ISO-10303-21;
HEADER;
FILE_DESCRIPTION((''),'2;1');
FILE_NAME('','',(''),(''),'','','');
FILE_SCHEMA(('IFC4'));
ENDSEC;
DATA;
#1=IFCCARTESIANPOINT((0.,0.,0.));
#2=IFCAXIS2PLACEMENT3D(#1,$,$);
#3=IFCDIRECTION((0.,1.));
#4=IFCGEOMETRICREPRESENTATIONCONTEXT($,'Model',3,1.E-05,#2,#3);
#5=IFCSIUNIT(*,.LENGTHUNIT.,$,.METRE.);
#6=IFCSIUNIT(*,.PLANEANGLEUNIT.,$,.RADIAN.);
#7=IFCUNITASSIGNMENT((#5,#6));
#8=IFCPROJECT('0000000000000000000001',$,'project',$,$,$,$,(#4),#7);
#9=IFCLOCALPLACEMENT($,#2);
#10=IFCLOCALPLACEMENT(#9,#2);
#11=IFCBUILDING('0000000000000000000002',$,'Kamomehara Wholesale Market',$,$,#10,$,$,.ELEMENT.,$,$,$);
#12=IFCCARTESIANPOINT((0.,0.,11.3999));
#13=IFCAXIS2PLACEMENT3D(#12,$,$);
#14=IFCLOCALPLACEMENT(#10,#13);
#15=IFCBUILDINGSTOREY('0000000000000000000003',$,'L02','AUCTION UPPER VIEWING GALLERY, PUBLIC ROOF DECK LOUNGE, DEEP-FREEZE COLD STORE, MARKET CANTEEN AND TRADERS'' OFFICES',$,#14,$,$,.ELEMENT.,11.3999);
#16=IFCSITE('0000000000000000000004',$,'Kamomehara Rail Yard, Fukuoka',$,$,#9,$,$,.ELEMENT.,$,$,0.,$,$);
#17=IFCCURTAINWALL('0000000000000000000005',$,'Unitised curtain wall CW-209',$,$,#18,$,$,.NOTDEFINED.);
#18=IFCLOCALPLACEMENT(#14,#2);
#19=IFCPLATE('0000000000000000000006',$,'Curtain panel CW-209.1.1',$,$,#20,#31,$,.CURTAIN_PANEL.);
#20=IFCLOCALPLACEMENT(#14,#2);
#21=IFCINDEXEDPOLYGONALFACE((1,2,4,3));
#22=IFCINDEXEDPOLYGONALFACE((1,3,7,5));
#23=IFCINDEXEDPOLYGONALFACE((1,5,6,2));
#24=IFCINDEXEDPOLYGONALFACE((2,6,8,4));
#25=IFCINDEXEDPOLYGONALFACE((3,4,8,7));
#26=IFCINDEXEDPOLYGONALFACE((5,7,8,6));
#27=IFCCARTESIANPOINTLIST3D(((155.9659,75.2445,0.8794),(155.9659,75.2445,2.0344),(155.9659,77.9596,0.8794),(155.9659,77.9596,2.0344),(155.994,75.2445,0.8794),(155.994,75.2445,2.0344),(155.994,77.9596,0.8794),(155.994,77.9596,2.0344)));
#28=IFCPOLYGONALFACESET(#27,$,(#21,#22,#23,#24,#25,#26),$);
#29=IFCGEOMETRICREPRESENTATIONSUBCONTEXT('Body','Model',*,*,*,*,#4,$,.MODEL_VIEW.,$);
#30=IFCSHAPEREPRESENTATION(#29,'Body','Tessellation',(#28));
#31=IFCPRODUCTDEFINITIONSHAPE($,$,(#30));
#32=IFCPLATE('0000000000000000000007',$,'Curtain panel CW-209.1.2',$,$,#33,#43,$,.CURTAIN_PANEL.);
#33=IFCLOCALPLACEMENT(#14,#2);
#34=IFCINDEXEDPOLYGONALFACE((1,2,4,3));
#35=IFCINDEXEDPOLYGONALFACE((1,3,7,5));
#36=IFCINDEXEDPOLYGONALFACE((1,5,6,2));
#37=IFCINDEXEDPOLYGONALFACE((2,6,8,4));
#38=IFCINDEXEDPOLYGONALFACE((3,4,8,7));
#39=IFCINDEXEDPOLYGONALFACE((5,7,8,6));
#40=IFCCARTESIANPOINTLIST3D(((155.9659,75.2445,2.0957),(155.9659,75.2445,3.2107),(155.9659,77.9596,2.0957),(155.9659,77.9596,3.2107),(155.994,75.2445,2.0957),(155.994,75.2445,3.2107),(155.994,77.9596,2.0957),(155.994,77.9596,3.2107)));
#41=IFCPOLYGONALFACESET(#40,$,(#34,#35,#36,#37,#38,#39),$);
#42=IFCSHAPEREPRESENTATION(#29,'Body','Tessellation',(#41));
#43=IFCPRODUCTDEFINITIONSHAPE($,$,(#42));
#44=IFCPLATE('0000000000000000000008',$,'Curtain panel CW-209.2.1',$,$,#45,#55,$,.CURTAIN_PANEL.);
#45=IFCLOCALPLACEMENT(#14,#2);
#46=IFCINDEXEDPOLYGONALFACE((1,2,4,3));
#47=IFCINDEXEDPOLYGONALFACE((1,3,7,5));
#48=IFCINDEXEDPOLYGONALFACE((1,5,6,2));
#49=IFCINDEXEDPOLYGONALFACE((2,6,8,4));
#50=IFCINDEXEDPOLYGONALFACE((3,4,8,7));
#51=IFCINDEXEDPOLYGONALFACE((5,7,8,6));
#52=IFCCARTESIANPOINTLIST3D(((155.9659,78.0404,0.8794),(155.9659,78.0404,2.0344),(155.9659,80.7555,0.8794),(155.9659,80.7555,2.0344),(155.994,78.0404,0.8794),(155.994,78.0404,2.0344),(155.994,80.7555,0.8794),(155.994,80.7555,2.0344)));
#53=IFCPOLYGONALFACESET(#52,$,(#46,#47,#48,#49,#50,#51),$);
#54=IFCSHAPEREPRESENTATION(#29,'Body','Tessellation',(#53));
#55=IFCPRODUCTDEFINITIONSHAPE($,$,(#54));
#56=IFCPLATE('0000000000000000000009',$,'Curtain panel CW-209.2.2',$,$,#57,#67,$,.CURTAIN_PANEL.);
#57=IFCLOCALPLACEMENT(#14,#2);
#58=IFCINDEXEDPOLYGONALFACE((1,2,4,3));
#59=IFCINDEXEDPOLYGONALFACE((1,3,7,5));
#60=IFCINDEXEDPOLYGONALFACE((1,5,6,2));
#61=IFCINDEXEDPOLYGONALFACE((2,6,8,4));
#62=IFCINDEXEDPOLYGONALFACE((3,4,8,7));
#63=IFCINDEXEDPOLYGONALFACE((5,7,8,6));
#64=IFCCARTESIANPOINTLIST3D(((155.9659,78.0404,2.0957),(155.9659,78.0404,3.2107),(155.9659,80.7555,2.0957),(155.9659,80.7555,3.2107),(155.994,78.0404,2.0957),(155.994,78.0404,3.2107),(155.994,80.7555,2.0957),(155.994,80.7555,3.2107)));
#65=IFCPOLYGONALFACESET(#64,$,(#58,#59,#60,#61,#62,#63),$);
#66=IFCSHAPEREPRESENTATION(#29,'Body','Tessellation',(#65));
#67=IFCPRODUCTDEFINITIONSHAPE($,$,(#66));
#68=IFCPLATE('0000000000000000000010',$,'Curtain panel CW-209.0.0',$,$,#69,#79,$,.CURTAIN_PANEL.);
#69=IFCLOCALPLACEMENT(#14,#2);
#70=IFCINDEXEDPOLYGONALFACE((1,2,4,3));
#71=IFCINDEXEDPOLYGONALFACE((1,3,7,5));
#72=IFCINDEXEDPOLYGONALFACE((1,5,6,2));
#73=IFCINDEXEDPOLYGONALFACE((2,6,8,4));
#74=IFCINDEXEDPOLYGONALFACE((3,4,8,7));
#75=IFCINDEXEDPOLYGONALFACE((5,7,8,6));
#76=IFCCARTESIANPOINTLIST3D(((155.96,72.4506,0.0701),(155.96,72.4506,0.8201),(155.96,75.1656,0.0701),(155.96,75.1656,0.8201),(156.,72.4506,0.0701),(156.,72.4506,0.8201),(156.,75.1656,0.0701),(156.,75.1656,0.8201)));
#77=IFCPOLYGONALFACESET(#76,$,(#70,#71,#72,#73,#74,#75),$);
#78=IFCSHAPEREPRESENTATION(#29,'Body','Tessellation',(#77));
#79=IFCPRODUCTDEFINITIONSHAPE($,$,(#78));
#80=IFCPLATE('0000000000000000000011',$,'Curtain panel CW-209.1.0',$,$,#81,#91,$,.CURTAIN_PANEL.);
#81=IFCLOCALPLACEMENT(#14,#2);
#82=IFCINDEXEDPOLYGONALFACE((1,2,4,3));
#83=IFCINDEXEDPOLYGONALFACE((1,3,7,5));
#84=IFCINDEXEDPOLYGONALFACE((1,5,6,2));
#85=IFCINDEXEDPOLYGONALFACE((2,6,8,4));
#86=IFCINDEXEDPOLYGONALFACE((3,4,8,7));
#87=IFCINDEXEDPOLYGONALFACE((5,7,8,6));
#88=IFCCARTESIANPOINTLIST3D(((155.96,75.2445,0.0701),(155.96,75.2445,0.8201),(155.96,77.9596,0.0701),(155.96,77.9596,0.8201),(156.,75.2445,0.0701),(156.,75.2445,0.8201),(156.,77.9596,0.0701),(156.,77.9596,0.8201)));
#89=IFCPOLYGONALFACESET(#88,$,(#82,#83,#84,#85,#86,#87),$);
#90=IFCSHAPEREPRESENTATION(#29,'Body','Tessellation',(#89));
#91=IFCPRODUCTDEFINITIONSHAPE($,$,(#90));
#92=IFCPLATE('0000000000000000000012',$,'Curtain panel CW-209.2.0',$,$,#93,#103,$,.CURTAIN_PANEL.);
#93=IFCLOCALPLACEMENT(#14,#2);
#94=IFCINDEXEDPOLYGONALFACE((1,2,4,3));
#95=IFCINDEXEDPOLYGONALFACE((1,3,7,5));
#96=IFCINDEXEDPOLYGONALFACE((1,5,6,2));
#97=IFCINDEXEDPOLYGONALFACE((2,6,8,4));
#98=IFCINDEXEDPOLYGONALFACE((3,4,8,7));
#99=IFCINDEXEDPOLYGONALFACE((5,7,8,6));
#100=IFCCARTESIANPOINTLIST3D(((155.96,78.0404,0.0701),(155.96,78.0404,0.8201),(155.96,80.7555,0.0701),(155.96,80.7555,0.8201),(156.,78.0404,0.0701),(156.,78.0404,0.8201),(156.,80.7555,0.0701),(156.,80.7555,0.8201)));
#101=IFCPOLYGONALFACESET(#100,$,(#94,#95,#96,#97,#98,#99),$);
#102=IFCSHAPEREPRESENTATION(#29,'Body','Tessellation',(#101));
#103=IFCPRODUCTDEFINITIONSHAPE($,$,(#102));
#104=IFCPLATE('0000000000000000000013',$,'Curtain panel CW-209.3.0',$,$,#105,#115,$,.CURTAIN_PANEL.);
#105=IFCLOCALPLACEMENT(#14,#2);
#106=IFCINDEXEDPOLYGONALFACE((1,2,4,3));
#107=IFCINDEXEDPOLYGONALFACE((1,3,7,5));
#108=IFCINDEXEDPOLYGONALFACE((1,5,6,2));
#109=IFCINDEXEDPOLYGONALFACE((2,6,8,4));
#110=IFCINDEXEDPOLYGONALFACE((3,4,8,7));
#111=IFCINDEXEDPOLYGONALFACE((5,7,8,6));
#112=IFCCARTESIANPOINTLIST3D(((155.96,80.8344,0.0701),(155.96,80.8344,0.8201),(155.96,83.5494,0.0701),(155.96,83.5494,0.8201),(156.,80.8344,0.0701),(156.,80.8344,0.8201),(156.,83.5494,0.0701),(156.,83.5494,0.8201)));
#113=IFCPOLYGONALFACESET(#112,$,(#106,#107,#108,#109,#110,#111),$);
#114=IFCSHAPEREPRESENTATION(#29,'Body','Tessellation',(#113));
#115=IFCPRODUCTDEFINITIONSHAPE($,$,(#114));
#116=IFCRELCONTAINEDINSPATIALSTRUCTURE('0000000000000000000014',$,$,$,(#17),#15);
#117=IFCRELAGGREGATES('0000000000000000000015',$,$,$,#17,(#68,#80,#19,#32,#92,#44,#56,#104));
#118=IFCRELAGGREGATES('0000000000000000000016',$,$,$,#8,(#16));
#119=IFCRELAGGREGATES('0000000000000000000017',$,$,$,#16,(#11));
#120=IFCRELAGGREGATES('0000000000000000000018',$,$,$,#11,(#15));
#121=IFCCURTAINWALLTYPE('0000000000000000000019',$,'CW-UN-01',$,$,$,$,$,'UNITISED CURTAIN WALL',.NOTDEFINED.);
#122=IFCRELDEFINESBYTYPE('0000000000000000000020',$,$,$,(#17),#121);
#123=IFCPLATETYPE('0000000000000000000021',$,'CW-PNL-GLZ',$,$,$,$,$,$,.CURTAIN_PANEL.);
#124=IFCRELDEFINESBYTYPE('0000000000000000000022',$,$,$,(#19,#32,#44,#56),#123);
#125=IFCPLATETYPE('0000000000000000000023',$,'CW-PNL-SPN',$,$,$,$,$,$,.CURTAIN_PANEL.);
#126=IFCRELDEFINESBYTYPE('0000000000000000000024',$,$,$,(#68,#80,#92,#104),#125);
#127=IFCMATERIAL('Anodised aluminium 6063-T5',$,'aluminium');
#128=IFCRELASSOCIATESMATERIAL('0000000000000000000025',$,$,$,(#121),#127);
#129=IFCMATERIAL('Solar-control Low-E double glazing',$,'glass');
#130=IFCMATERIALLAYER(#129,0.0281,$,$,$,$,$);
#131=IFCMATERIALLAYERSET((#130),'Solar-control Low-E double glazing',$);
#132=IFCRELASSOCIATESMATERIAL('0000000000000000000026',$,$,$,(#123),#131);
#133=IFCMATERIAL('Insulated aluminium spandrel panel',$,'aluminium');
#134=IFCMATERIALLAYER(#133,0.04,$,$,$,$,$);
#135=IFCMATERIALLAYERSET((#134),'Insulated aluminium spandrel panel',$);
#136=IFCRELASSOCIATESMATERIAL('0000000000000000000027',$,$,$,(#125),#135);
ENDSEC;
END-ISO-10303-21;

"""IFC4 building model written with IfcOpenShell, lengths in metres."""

from ifc_helpers import new_model, si_unit, direction, frame, origin, origin_2d, place, context, subcontext, project, spatial, rectangle, extrude, material, layer, layer_set, type_object, element, aggregate, save


model = new_model("IFC4")

# Units and contexts
model_context = context("Model", 3, precision=1e-05, world=origin(), true_north=direction((0.0, 1.0)))
body_context = subcontext(model_context, "Body", "Model", "MODEL_VIEW")
ifc_project = project(units=[si_unit("LENGTHUNIT", "METRE"), si_unit("PLANEANGLEUNIT", "RADIAN")], contexts=[model_context])

# Site, building, storey
site_placement = place(None, origin())
site = spatial("IfcSite", under=ifc_project, at=site_placement, Name="Kamomehara Rail Yard, Fukuoka", CompositionType="ELEMENT", RefElevation=0.0)
building_placement = place(site_placement, origin())
building = spatial("IfcBuilding", under=site, at=building_placement, Name="Kamomehara Wholesale Market", CompositionType="ELEMENT")
storey_placement = place(building_placement, frame((0.0, 0.0, 11.3999)))
storey = spatial("IfcBuildingStorey", under=building, at=storey_placement, Name="L02", Description="AUCTION UPPER VIEWING GALLERY, PUBLIC ROOF DECK LOUNGE, DEEP-FREEZE COLD STORE, MARKET CANTEEN AND TRADERS' OFFICES", CompositionType="ELEMENT", Elevation=11.3999)

# Curtain wall, plates
ifc_material_1 = material(Name="Anodised aluminium 6063-T5", Category="aluminium")
curtain_wall_type = type_object("IfcCurtainWallType", Name="CW-UN-01", ElementType="UNITISED CURTAIN WALL", PredefinedType="NOTDEFINED", material=ifc_material_1)
curtain_wall_placement = place(storey_placement, origin())
curtain_wall = element("IfcCurtainWall", 1, at=curtain_wall_placement, inside=storey, type_object=curtain_wall_type, Name="Unitised curtain wall CW-209", PredefinedType="NOTDEFINED")
ifc_material_2 = material(Name="Solar-control Low-E double glazing", Category="glass")
ifc_layer_1 = layer(ifc_material_2, 0.0281)
ifc_layer_set_1 = layer_set([ifc_layer_1], Name="Solar-control Low-E double glazing")
plate_type_1 = type_object("IfcPlateType", Name="CW-PNL-GLZ", PredefinedType="CURTAIN_PANEL", material=ifc_layer_set_1)
plate_1_placement = place(storey_placement, frame((155.98, 76.6021, 0.8794), z_axis=(0.0, 0.0, 1.0), x_axis=(0.0, 1.0, 0.0)))
plate_1 = element("IfcPlate", 2, at=plate_1_placement, type_object=plate_type_1, Name="Curtain panel CW-209.1.1", PredefinedType="CURTAIN_PANEL", context=body_context, shape_type="SweptSolid", body=[
    extrude(rectangle(XDim=2.7151, YDim=0.0281, at=origin_2d()), origin(), (0.0, 0.0, 1.0), 1.155),
])
plate_2_placement = place(storey_placement, frame((155.98, 76.6021, 2.0957), z_axis=(0.0, 0.0, 1.0), x_axis=(0.0, 1.0, 0.0)))
plate_2 = element("IfcPlate", 3, at=plate_2_placement, type_object=plate_type_1, Name="Curtain panel CW-209.1.2", PredefinedType="CURTAIN_PANEL", context=body_context, shape_type="SweptSolid", body=[
    extrude(rectangle(XDim=2.7151, YDim=0.0281, at=origin_2d()), origin(), (0.0, 0.0, 1.0), 1.115),
])
plate_3_placement = place(storey_placement, frame((155.98, 79.3979, 0.8794), z_axis=(0.0, 0.0, 1.0), x_axis=(0.0, 1.0, 0.0)))
plate_3 = element("IfcPlate", 4, at=plate_3_placement, type_object=plate_type_1, Name="Curtain panel CW-209.2.1", PredefinedType="CURTAIN_PANEL", context=body_context, shape_type="SweptSolid", body=[
    extrude(rectangle(XDim=2.7151, YDim=0.0281, at=origin_2d()), origin(), (0.0, 0.0, 1.0), 1.155),
])
plate_4_placement = place(storey_placement, frame((155.98, 79.3979, 2.0957), z_axis=(0.0, 0.0, 1.0), x_axis=(0.0, 1.0, 0.0)))
plate_4 = element("IfcPlate", 5, at=plate_4_placement, type_object=plate_type_1, Name="Curtain panel CW-209.2.2", PredefinedType="CURTAIN_PANEL", context=body_context, shape_type="SweptSolid", body=[
    extrude(rectangle(XDim=2.7151, YDim=0.0281, at=origin_2d()), origin(), (0.0, 0.0, 1.0), 1.115),
])
ifc_material_3 = material(Name="Insulated aluminium spandrel panel", Category="aluminium")
ifc_layer_2 = layer(ifc_material_3, 0.04)
ifc_layer_set_2 = layer_set([ifc_layer_2], Name="Insulated aluminium spandrel panel")
plate_type_2 = type_object("IfcPlateType", Name="CW-PNL-SPN", PredefinedType="CURTAIN_PANEL", material=ifc_layer_set_2)
plate_5_placement = place(storey_placement, frame((155.98, 73.8081, 0.0701), z_axis=(0.0, 0.0, 1.0), x_axis=(0.0, 1.0, 0.0)))
plate_5 = element("IfcPlate", 6, at=plate_5_placement, type_object=plate_type_2, Name="Curtain panel CW-209.0.0", PredefinedType="CURTAIN_PANEL", context=body_context, shape_type="SweptSolid", body=[
    extrude(rectangle(XDim=2.7151, YDim=0.04, at=origin_2d()), origin(), (0.0, 0.0, 1.0), 0.75),
])
plate_6_placement = place(storey_placement, frame((155.98, 76.6021, 0.0701), z_axis=(0.0, 0.0, 1.0), x_axis=(0.0, 1.0, 0.0)))
plate_6 = element("IfcPlate", 7, at=plate_6_placement, type_object=plate_type_2, Name="Curtain panel CW-209.1.0", PredefinedType="CURTAIN_PANEL", context=body_context, shape_type="SweptSolid", body=[
    extrude(rectangle(XDim=2.7151, YDim=0.04, at=origin_2d()), origin(), (0.0, 0.0, 1.0), 0.75),
])
plate_7_placement = place(storey_placement, frame((155.98, 79.3979, 0.0701), z_axis=(0.0, 0.0, 1.0), x_axis=(0.0, 1.0, 0.0)))
plate_7 = element("IfcPlate", 8, at=plate_7_placement, type_object=plate_type_2, Name="Curtain panel CW-209.2.0", PredefinedType="CURTAIN_PANEL", context=body_context, shape_type="SweptSolid", body=[
    extrude(rectangle(XDim=2.7151, YDim=0.04, at=origin_2d()), origin(), (0.0, 0.0, 1.0), 0.75),
])
plate_8_placement = place(storey_placement, frame((155.98, 82.1919, 0.0701), z_axis=(0.0, 0.0, 1.0), x_axis=(0.0, 1.0, 0.0)))
plate_8 = element("IfcPlate", 9, at=plate_8_placement, type_object=plate_type_2, Name="Curtain panel CW-209.3.0", PredefinedType="CURTAIN_PANEL", context=body_context, shape_type="SweptSolid", body=[
    extrude(rectangle(XDim=2.7151, YDim=0.04, at=origin_2d()), origin(), (0.0, 0.0, 1.0), 0.75),
])
aggregate(curtain_wall, [plate_5, plate_6, plate_1, plate_2, plate_7, plate_3, plate_4, plate_8])

save(model, "model.ifc")
